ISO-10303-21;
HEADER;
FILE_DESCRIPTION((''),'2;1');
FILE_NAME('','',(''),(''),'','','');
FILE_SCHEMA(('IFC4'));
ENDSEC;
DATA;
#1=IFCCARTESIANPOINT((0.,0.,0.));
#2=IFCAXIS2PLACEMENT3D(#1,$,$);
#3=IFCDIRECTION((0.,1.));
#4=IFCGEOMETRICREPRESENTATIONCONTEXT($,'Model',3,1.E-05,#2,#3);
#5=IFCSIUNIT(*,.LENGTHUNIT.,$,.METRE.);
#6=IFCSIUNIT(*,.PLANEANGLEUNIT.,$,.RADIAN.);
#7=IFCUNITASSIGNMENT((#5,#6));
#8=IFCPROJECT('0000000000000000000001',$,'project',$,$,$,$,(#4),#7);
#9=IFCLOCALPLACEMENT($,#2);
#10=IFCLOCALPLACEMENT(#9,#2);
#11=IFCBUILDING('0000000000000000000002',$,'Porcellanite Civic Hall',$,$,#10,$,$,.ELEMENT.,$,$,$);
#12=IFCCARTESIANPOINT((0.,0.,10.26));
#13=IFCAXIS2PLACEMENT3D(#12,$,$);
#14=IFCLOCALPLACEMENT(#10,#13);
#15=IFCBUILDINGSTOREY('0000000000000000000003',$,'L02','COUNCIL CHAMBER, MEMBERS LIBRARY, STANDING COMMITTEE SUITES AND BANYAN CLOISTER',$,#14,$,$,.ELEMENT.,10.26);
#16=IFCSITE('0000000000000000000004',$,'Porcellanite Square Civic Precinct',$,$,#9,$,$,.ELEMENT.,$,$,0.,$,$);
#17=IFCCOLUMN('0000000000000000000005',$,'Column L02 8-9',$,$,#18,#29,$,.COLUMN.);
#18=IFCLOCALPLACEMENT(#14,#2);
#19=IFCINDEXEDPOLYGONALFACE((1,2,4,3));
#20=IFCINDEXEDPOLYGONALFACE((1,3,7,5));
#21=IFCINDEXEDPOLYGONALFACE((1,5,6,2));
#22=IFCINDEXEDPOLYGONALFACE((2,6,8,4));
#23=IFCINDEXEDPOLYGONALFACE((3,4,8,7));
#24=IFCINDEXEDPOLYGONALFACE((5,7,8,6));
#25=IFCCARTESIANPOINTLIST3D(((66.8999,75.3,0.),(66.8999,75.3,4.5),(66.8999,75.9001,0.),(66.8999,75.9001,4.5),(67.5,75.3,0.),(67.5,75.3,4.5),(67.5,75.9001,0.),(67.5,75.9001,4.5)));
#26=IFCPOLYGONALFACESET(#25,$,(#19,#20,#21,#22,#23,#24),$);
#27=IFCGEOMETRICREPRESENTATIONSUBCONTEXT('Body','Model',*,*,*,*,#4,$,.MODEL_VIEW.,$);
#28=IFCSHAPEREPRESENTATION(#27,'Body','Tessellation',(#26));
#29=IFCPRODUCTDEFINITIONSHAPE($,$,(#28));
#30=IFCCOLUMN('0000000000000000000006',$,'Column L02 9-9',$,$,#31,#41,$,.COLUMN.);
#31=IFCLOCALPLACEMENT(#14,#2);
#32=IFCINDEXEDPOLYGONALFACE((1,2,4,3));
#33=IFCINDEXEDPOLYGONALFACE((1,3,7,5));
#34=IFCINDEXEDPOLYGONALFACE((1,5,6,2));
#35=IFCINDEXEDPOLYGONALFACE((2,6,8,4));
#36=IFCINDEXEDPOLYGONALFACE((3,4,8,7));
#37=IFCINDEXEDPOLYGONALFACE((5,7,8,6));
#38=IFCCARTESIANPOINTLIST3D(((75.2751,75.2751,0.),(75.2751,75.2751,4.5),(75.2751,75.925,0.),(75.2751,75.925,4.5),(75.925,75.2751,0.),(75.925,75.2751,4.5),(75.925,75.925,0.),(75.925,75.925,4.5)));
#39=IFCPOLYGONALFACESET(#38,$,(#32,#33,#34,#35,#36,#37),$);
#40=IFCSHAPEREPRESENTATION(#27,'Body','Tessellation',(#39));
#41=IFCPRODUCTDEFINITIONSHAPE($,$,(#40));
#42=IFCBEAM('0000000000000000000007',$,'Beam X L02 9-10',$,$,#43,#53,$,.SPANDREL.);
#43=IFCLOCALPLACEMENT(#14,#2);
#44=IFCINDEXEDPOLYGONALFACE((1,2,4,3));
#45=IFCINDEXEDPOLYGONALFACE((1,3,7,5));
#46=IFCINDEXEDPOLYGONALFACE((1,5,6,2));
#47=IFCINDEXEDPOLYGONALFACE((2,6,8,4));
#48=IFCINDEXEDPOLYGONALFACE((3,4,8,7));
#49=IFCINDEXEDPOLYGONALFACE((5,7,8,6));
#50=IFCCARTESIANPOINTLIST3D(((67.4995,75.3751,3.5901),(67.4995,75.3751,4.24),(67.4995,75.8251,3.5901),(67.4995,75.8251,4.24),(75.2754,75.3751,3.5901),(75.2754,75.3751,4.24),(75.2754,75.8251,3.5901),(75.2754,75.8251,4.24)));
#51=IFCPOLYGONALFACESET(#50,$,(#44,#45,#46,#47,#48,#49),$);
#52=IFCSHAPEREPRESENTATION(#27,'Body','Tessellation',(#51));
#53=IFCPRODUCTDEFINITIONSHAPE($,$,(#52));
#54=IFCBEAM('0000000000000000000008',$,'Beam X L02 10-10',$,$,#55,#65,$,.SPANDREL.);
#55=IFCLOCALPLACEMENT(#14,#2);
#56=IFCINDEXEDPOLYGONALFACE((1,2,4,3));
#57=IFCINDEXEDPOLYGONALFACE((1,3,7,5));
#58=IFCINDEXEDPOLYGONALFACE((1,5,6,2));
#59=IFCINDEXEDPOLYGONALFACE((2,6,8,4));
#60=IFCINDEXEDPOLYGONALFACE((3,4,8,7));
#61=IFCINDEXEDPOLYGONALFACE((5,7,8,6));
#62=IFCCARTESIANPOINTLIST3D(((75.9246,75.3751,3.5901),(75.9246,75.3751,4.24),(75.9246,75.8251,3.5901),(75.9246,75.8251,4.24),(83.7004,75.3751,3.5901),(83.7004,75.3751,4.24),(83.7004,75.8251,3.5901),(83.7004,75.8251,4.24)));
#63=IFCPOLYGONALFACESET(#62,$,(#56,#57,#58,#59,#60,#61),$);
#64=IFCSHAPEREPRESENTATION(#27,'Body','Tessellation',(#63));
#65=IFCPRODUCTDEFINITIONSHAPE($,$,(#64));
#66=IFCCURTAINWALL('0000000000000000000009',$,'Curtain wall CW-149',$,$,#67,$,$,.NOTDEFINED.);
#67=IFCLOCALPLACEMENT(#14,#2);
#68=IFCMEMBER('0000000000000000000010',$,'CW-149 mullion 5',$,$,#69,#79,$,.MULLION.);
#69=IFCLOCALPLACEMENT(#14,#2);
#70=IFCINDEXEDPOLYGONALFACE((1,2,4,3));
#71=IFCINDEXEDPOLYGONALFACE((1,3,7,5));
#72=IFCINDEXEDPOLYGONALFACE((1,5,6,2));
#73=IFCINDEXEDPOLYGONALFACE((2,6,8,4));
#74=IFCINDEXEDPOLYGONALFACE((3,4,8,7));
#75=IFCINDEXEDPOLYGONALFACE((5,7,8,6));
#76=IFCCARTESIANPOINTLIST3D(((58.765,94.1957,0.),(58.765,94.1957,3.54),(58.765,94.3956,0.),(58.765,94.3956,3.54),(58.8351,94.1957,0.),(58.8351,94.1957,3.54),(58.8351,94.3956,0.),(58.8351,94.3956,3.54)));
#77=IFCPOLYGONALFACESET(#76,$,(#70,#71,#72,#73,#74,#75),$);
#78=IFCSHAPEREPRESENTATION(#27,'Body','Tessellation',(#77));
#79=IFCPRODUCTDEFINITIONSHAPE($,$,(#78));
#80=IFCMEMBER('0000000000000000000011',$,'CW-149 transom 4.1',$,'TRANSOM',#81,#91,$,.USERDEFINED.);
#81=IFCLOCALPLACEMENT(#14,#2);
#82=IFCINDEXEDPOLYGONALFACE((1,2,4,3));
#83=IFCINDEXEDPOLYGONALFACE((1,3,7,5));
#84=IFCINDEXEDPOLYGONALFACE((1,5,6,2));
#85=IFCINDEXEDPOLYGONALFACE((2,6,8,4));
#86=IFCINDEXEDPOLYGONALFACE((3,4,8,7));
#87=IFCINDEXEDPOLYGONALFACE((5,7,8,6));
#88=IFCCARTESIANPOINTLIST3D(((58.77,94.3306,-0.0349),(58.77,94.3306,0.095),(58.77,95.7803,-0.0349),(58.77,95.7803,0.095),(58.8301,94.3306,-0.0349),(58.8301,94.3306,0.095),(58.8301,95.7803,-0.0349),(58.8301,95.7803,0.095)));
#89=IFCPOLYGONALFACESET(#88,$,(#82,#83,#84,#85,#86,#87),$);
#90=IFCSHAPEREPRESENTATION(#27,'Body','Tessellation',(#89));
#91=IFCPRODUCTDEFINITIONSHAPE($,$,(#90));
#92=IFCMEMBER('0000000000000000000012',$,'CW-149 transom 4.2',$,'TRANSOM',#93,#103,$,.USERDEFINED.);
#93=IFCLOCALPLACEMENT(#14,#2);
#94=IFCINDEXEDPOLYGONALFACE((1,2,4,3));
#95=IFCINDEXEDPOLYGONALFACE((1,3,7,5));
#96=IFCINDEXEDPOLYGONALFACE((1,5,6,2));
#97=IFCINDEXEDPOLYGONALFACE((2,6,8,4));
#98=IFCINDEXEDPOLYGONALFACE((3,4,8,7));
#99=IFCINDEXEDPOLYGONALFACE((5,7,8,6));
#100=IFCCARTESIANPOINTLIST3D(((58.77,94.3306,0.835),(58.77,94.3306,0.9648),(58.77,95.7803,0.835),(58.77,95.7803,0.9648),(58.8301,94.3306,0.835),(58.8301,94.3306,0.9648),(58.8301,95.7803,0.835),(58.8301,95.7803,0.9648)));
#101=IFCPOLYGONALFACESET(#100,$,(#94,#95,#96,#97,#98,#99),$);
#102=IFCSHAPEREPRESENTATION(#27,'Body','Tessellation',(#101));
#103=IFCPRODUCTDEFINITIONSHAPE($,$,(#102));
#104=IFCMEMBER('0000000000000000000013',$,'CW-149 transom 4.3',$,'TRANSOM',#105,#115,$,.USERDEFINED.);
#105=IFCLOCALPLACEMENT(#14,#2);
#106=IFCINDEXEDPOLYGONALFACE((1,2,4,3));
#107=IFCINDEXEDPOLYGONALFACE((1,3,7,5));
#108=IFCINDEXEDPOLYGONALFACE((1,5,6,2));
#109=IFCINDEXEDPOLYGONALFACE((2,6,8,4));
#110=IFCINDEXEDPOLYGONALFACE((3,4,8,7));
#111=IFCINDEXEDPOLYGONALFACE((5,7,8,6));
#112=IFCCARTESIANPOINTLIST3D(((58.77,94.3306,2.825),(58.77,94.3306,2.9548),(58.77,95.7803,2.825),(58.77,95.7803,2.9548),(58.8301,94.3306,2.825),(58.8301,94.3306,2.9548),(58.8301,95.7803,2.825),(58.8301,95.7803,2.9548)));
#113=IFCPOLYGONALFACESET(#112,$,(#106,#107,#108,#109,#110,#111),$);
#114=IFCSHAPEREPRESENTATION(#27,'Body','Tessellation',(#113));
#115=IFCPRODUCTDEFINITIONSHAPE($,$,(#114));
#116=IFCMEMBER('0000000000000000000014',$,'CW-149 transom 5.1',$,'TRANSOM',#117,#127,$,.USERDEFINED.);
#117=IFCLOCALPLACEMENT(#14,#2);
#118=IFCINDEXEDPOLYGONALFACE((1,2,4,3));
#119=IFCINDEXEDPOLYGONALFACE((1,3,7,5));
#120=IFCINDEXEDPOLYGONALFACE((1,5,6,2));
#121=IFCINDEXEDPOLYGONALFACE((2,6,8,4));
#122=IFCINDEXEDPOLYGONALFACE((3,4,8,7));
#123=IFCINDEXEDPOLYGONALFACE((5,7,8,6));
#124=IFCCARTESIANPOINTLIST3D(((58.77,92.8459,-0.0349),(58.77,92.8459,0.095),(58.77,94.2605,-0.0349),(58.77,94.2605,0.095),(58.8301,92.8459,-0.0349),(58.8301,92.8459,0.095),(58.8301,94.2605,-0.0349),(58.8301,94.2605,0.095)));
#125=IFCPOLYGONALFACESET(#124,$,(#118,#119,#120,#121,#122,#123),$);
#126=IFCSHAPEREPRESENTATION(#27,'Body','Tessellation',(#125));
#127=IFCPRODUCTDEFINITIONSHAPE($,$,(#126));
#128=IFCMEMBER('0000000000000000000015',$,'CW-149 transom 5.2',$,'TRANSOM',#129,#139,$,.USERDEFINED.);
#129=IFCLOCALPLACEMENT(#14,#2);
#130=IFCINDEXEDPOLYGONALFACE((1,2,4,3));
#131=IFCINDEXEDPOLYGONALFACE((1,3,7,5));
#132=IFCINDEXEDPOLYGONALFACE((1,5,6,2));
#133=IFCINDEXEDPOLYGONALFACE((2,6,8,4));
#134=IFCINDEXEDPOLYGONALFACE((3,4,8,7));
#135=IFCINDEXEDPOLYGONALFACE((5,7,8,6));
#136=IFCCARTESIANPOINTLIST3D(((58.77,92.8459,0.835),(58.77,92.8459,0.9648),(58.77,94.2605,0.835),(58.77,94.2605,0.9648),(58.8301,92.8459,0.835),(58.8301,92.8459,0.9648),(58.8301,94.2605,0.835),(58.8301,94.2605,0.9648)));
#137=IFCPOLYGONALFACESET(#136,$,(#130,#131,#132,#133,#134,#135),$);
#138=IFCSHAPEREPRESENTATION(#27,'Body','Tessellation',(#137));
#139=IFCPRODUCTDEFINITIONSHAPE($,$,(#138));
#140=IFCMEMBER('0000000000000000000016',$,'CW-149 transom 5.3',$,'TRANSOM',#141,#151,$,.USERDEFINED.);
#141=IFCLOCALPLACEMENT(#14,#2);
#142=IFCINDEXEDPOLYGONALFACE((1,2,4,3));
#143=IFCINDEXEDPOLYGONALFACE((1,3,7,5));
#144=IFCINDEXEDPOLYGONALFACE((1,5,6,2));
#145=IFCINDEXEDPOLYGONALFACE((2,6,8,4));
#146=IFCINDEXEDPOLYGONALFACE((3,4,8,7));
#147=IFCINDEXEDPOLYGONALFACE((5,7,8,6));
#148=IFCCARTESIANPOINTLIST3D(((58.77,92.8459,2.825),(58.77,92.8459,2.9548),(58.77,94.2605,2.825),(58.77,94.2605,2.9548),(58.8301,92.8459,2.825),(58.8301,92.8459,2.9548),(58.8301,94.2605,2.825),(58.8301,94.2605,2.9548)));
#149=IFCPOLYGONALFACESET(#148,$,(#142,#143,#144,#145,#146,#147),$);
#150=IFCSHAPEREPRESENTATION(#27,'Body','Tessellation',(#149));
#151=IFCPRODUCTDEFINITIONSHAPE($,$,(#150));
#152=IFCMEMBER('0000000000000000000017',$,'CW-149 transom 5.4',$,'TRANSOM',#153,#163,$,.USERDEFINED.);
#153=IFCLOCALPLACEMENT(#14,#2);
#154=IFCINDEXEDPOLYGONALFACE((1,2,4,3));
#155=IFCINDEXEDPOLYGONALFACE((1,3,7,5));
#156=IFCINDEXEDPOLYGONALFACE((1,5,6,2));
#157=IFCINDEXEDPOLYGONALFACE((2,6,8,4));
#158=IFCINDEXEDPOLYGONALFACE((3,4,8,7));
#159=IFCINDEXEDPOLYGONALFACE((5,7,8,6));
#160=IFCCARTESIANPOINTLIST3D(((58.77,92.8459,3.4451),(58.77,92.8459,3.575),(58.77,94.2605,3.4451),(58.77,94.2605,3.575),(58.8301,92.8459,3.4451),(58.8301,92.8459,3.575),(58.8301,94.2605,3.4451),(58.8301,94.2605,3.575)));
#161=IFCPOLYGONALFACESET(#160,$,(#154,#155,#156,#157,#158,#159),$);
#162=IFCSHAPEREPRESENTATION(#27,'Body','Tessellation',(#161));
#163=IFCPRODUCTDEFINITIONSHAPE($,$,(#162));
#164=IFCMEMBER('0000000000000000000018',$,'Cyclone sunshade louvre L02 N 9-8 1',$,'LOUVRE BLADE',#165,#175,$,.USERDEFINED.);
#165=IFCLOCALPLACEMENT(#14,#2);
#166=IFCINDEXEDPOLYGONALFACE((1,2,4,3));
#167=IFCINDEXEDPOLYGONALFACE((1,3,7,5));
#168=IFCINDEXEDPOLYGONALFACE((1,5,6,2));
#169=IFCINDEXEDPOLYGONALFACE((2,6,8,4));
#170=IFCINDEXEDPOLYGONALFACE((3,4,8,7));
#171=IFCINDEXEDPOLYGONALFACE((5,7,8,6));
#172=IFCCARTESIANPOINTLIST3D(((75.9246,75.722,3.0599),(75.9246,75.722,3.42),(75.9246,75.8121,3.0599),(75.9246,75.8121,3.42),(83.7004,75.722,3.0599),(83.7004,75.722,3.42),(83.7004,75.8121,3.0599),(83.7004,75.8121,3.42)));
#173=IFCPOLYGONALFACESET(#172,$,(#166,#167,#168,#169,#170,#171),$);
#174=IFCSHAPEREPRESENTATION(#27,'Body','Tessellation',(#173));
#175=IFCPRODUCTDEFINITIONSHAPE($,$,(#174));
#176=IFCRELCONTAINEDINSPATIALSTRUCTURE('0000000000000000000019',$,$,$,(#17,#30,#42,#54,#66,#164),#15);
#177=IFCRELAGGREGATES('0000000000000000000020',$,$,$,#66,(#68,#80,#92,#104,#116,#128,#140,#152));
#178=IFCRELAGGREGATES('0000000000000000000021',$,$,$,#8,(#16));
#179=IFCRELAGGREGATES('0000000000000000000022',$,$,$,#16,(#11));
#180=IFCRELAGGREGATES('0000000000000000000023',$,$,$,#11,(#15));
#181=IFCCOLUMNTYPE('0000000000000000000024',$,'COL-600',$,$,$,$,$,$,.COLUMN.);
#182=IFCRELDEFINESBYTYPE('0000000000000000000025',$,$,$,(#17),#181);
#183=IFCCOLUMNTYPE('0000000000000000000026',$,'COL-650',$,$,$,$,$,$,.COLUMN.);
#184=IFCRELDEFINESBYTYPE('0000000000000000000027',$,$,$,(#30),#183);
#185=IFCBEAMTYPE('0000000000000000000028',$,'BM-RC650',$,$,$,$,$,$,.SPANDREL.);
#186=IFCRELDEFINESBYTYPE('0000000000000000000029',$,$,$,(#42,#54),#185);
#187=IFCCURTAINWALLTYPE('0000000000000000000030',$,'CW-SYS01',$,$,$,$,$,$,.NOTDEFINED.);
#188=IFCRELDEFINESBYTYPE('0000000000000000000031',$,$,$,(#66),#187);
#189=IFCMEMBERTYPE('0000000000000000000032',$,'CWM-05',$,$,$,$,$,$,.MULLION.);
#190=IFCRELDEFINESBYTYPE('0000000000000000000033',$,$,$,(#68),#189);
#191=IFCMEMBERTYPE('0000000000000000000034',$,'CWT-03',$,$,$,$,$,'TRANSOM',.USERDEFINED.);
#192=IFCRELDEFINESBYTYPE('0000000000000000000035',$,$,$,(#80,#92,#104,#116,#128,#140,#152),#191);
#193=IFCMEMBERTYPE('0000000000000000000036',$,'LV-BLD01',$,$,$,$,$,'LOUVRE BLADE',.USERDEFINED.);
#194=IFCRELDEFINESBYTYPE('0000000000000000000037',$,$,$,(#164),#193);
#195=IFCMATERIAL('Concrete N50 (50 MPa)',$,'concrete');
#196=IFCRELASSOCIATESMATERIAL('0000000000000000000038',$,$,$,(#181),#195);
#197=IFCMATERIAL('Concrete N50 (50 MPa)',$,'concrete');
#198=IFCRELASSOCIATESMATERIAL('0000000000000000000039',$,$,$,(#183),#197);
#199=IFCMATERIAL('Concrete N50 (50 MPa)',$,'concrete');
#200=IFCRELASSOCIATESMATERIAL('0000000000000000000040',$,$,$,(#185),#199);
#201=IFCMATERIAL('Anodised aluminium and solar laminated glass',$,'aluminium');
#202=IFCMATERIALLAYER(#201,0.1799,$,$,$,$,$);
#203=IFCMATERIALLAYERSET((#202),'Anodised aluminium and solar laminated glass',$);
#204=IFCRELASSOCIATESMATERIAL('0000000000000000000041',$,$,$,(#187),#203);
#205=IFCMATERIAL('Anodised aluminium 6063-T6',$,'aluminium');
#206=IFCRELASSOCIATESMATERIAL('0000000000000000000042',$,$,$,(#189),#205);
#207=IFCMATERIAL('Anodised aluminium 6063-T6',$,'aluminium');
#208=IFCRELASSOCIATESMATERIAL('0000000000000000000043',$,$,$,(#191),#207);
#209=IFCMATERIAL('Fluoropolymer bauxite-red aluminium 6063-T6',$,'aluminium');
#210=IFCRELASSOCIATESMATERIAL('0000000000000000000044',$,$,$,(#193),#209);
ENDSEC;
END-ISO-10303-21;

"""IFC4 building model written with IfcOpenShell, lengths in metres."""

from ifc_helpers import new_model, si_unit, direction, frame, origin, origin_2d, place, context, subcontext, project, spatial, rectangle, extrude, material, layer, layer_set, material_profile, profile_set, type_object, element, aggregate, save


model = new_model("IFC4")

# Units and contexts
model_context = context("Model", 3, precision=1e-05, world=origin(), true_north=direction((0.0, 1.0)))
body_context = subcontext(model_context, "Body", "Model", "MODEL_VIEW")
ifc_project = project(units=[si_unit("LENGTHUNIT", "METRE"), si_unit("PLANEANGLEUNIT", "RADIAN")], contexts=[model_context])

# Site, building, storey
site_placement = place(None, origin())
site = spatial("IfcSite", under=ifc_project, at=site_placement, Name="Porcellanite Square Civic Precinct", CompositionType="ELEMENT", RefElevation=0.0)
building_placement = place(site_placement, origin())
building = spatial("IfcBuilding", under=site, at=building_placement, Name="Porcellanite Civic Hall", CompositionType="ELEMENT")
storey_placement = place(building_placement, frame((0.0, 0.0, 10.26)))
storey = spatial("IfcBuildingStorey", under=building, at=storey_placement, Name="L02", Description="COUNCIL CHAMBER, MEMBERS LIBRARY, STANDING COMMITTEE SUITES AND BANYAN CLOISTER", CompositionType="ELEMENT", Elevation=10.26)

# Columns
ifc_material_1 = material(Name="Concrete N50 (50 MPa)", Category="concrete")
ifc_material_profile_1 = material_profile(ifc_material_1, rectangle(XDim=0.6001, YDim=0.6001, at=origin_2d()), Name="RC-600x600")
ifc_profile_set_1 = profile_set([ifc_material_profile_1], Name="Concrete N50 (50 MPa)")
column_type_1 = type_object("IfcColumnType", Name="COL-600", PredefinedType="COLUMN", material=ifc_profile_set_1)
column_1_placement = place(storey_placement, frame((67.2, 75.6001, 0.0), z_axis=(0.0, 0.0, 1.0), x_axis=(1.0, 0.0, 0.0)))
element("IfcColumn", 1, at=column_1_placement, inside=storey, type_object=column_type_1, Name="Column L02 8-9", PredefinedType="COLUMN", context=body_context, shape_type="SweptSolid", body=[
    extrude(rectangle(XDim=0.6001, YDim=0.6001, at=origin_2d()), origin(), (0.0, 0.0, 1.0), 4.5),
])
ifc_material_2 = material(Name="Concrete N50 (50 MPa)", Category="concrete")
ifc_material_profile_2 = material_profile(ifc_material_2, rectangle(XDim=0.6499, YDim=0.6499, at=origin_2d()), Name="RC-650x650")
ifc_profile_set_2 = profile_set([ifc_material_profile_2], Name="Concrete N50 (50 MPa)")
column_type_2 = type_object("IfcColumnType", Name="COL-650", PredefinedType="COLUMN", material=ifc_profile_set_2)
column_2_placement = place(storey_placement, frame((75.6001, 75.6001, 0.0), z_axis=(0.0, 0.0, 1.0), x_axis=(1.0, 0.0, 0.0)))
element("IfcColumn", 2, at=column_2_placement, inside=storey, type_object=column_type_2, Name="Column L02 9-9", PredefinedType="COLUMN", context=body_context, shape_type="SweptSolid", body=[
    extrude(rectangle(XDim=0.6499, YDim=0.6499, at=origin_2d()), origin(), (0.0, 0.0, 1.0), 4.5),
])

# Beams
ifc_material_3 = material(Name="Concrete N50 (50 MPa)", Category="concrete")
ifc_material_profile_3 = material_profile(ifc_material_3, rectangle(XDim=0.45, YDim=0.6499, at=origin_2d()), Name="RC-450x650")
ifc_profile_set_3 = profile_set([ifc_material_profile_3], Name="Concrete N50 (50 MPa)")
beam_type = type_object("IfcBeamType", Name="BM-RC650", PredefinedType="SPANDREL", material=ifc_profile_set_3)
for number, where, z_axis, x_axis, name in (
    (3, (67.4995, 75.6001, 3.915), (1.0, 0.0, 0.0), (0.0, 1.0, 0.0), "Beam X L02 9-10"),
    (4, (75.9246, 75.6001, 3.915), (1.0, 0.0, 0.0), (0.0, 1.0, 0.0), "Beam X L02 10-10"),
):
    element("IfcBeam", number, at=place(storey_placement, frame(where, z_axis=z_axis, x_axis=x_axis)), inside=storey, type_object=beam_type, Name=name, PredefinedType="SPANDREL", context=body_context, shape_type="SweptSolid", body=[
        extrude(rectangle(XDim=0.45, YDim=0.6499, at=origin_2d()), origin(), (0.0, 0.0, 1.0), 7.7759),
    ])

# Curtain wall, members
ifc_material_4 = material(Name="Anodised aluminium and solar laminated glass", Category="aluminium")
ifc_layer_1 = layer(ifc_material_4, 0.1799)
ifc_layer_set_1 = layer_set([ifc_layer_1], Name="Anodised aluminium and solar laminated glass")
curtain_wall_type = type_object("IfcCurtainWallType", Name="CW-SYS01", PredefinedType="NOTDEFINED", material=ifc_layer_set_1)
curtain_wall_placement = place(storey_placement, origin())
curtain_wall = element("IfcCurtainWall", 5, at=curtain_wall_placement, inside=storey, type_object=curtain_wall_type, Name="Curtain wall CW-149", PredefinedType="NOTDEFINED")
ifc_material_5 = material(Name="Anodised aluminium 6063-T6", Category="aluminium")
ifc_material_profile_4 = material_profile(ifc_material_5, rectangle(XDim=0.0701, YDim=0.2, at=origin_2d()), Name="AL-70x200")
ifc_profile_set_4 = profile_set([ifc_material_profile_4], Name="Anodised aluminium 6063-T6")
member_type_1 = type_object("IfcMemberType", Name="CWM-05", PredefinedType="MULLION", material=ifc_profile_set_4)
member_1_placement = place(storey_placement, frame((58.8, 94.2957, 0.0), z_axis=(0.0, 0.0, 1.0), x_axis=(1.0, 0.0, 0.0)))
member_1 = element("IfcMember", 6, at=member_1_placement, type_object=member_type_1, Name="CW-149 mullion 5", PredefinedType="MULLION", context=body_context, shape_type="SweptSolid", body=[
    extrude(rectangle(XDim=0.0701, YDim=0.2, at=origin_2d()), origin(), (0.0, 0.0, 1.0), 3.54),
])
ifc_material_6 = material(Name="Anodised aluminium 6063-T6", Category="aluminium")
ifc_material_profile_5 = material_profile(ifc_material_6, rectangle(XDim=0.0601, YDim=0.1299, at=origin_2d()), Name="AL-60x130")
ifc_profile_set_5 = profile_set([ifc_material_profile_5], Name="Anodised aluminium 6063-T6")
member_type_2 = type_object("IfcMemberType", Name="CWT-03", ElementType="TRANSOM", PredefinedType="USERDEFINED", material=ifc_profile_set_5)
member_2_placement = place(storey_placement, frame((58.8, 95.7803, 0.03), z_axis=(0.0, -1.0, 0.0), x_axis=(1.0, 0.0, 0.0)))
member_2 = element("IfcMember", 7, at=member_2_placement, type_object=member_type_2, Name="CW-149 transom 4.1", ObjectType="TRANSOM", PredefinedType="USERDEFINED", context=body_context, shape_type="SweptSolid", body=[
    extrude(rectangle(XDim=0.0601, YDim=0.1299, at=origin_2d()), origin(), (0.0, 0.0, 1.0), 1.4497),
])
member_3_placement = place(storey_placement, frame((58.8, 95.7803, 0.8999), z_axis=(0.0, -1.0, 0.0), x_axis=(1.0, 0.0, 0.0)))
member_3 = element("IfcMember", 8, at=member_3_placement, type_object=member_type_2, Name="CW-149 transom 4.2", ObjectType="TRANSOM", PredefinedType="USERDEFINED", context=body_context, shape_type="SweptSolid", body=[
    extrude(rectangle(XDim=0.0601, YDim=0.1299, at=origin_2d()), origin(), (0.0, 0.0, 1.0), 1.4497),
])
member_4_placement = place(storey_placement, frame((58.8, 95.7803, 2.8899), z_axis=(0.0, -1.0, 0.0), x_axis=(1.0, 0.0, 0.0)))
member_4 = element("IfcMember", 9, at=member_4_placement, type_object=member_type_2, Name="CW-149 transom 4.3", ObjectType="TRANSOM", PredefinedType="USERDEFINED", context=body_context, shape_type="SweptSolid", body=[
    extrude(rectangle(XDim=0.0601, YDim=0.1299, at=origin_2d()), origin(), (0.0, 0.0, 1.0), 1.4497),
])
member_5_placement = place(storey_placement, frame((58.8, 94.2605, 0.03), z_axis=(0.0, -1.0, 0.0), x_axis=(1.0, 0.0, 0.0)))
member_5 = element("IfcMember", 10, at=member_5_placement, type_object=member_type_2, Name="CW-149 transom 5.1", ObjectType="TRANSOM", PredefinedType="USERDEFINED", context=body_context, shape_type="SweptSolid", body=[
    extrude(rectangle(XDim=0.0601, YDim=0.1299, at=origin_2d()), origin(), (0.0, 0.0, 1.0), 1.4146),
])
member_6_placement = place(storey_placement, frame((58.8, 94.2605, 0.8999), z_axis=(0.0, -1.0, 0.0), x_axis=(1.0, 0.0, 0.0)))
member_6 = element("IfcMember", 11, at=member_6_placement, type_object=member_type_2, Name="CW-149 transom 5.2", ObjectType="TRANSOM", PredefinedType="USERDEFINED", context=body_context, shape_type="SweptSolid", body=[
    extrude(rectangle(XDim=0.0601, YDim=0.1299, at=origin_2d()), origin(), (0.0, 0.0, 1.0), 1.4146),
])
member_7_placement = place(storey_placement, frame((58.8, 94.2605, 2.8899), z_axis=(0.0, -1.0, 0.0), x_axis=(1.0, 0.0, 0.0)))
member_7 = element("IfcMember", 12, at=member_7_placement, type_object=member_type_2, Name="CW-149 transom 5.3", ObjectType="TRANSOM", PredefinedType="USERDEFINED", context=body_context, shape_type="SweptSolid", body=[
    extrude(rectangle(XDim=0.0601, YDim=0.1299, at=origin_2d()), origin(), (0.0, 0.0, 1.0), 1.4146),
])
member_8_placement = place(storey_placement, frame((58.8, 94.2605, 3.51), z_axis=(0.0, -1.0, 0.0), x_axis=(1.0, 0.0, 0.0)))
member_8 = element("IfcMember", 13, at=member_8_placement, type_object=member_type_2, Name="CW-149 transom 5.4", ObjectType="TRANSOM", PredefinedType="USERDEFINED", context=body_context, shape_type="SweptSolid", body=[
    extrude(rectangle(XDim=0.0601, YDim=0.1299, at=origin_2d()), origin(), (0.0, 0.0, 1.0), 1.4146),
])

# Member
ifc_material_7 = material(Name="Fluoropolymer bauxite-red aluminium 6063-T6", Category="aluminium")
ifc_material_profile_6 = material_profile(ifc_material_7, rectangle(XDim=0.0901, YDim=0.3601, at=origin_2d()), Name="AL-90x360")
ifc_profile_set_6 = profile_set([ifc_material_profile_6], Name="Fluoropolymer bauxite-red aluminium 6063-T6")
member_type_3 = type_object("IfcMemberType", Name="LV-BLD01", ElementType="LOUVRE BLADE", PredefinedType="USERDEFINED", material=ifc_profile_set_6)
member_9_placement = place(storey_placement, frame((75.9246, 75.7671, 3.24), z_axis=(1.0, 0.0, 0.0), x_axis=(0.0, 1.0, 0.0)))
element("IfcMember", 14, at=member_9_placement, inside=storey, type_object=member_type_3, Name="Cyclone sunshade louvre L02 N 9-8 1", ObjectType="LOUVRE BLADE", PredefinedType="USERDEFINED", context=body_context, shape_type="SweptSolid", body=[
    extrude(rectangle(XDim=0.0901, YDim=0.3601, at=origin_2d()), origin(), (0.0, 0.0, 1.0), 7.7759),
])

aggregate(curtain_wall, [member_1, member_2, member_3, member_4, member_5, member_6, member_7, member_8])

save(model, "model.ifc")
